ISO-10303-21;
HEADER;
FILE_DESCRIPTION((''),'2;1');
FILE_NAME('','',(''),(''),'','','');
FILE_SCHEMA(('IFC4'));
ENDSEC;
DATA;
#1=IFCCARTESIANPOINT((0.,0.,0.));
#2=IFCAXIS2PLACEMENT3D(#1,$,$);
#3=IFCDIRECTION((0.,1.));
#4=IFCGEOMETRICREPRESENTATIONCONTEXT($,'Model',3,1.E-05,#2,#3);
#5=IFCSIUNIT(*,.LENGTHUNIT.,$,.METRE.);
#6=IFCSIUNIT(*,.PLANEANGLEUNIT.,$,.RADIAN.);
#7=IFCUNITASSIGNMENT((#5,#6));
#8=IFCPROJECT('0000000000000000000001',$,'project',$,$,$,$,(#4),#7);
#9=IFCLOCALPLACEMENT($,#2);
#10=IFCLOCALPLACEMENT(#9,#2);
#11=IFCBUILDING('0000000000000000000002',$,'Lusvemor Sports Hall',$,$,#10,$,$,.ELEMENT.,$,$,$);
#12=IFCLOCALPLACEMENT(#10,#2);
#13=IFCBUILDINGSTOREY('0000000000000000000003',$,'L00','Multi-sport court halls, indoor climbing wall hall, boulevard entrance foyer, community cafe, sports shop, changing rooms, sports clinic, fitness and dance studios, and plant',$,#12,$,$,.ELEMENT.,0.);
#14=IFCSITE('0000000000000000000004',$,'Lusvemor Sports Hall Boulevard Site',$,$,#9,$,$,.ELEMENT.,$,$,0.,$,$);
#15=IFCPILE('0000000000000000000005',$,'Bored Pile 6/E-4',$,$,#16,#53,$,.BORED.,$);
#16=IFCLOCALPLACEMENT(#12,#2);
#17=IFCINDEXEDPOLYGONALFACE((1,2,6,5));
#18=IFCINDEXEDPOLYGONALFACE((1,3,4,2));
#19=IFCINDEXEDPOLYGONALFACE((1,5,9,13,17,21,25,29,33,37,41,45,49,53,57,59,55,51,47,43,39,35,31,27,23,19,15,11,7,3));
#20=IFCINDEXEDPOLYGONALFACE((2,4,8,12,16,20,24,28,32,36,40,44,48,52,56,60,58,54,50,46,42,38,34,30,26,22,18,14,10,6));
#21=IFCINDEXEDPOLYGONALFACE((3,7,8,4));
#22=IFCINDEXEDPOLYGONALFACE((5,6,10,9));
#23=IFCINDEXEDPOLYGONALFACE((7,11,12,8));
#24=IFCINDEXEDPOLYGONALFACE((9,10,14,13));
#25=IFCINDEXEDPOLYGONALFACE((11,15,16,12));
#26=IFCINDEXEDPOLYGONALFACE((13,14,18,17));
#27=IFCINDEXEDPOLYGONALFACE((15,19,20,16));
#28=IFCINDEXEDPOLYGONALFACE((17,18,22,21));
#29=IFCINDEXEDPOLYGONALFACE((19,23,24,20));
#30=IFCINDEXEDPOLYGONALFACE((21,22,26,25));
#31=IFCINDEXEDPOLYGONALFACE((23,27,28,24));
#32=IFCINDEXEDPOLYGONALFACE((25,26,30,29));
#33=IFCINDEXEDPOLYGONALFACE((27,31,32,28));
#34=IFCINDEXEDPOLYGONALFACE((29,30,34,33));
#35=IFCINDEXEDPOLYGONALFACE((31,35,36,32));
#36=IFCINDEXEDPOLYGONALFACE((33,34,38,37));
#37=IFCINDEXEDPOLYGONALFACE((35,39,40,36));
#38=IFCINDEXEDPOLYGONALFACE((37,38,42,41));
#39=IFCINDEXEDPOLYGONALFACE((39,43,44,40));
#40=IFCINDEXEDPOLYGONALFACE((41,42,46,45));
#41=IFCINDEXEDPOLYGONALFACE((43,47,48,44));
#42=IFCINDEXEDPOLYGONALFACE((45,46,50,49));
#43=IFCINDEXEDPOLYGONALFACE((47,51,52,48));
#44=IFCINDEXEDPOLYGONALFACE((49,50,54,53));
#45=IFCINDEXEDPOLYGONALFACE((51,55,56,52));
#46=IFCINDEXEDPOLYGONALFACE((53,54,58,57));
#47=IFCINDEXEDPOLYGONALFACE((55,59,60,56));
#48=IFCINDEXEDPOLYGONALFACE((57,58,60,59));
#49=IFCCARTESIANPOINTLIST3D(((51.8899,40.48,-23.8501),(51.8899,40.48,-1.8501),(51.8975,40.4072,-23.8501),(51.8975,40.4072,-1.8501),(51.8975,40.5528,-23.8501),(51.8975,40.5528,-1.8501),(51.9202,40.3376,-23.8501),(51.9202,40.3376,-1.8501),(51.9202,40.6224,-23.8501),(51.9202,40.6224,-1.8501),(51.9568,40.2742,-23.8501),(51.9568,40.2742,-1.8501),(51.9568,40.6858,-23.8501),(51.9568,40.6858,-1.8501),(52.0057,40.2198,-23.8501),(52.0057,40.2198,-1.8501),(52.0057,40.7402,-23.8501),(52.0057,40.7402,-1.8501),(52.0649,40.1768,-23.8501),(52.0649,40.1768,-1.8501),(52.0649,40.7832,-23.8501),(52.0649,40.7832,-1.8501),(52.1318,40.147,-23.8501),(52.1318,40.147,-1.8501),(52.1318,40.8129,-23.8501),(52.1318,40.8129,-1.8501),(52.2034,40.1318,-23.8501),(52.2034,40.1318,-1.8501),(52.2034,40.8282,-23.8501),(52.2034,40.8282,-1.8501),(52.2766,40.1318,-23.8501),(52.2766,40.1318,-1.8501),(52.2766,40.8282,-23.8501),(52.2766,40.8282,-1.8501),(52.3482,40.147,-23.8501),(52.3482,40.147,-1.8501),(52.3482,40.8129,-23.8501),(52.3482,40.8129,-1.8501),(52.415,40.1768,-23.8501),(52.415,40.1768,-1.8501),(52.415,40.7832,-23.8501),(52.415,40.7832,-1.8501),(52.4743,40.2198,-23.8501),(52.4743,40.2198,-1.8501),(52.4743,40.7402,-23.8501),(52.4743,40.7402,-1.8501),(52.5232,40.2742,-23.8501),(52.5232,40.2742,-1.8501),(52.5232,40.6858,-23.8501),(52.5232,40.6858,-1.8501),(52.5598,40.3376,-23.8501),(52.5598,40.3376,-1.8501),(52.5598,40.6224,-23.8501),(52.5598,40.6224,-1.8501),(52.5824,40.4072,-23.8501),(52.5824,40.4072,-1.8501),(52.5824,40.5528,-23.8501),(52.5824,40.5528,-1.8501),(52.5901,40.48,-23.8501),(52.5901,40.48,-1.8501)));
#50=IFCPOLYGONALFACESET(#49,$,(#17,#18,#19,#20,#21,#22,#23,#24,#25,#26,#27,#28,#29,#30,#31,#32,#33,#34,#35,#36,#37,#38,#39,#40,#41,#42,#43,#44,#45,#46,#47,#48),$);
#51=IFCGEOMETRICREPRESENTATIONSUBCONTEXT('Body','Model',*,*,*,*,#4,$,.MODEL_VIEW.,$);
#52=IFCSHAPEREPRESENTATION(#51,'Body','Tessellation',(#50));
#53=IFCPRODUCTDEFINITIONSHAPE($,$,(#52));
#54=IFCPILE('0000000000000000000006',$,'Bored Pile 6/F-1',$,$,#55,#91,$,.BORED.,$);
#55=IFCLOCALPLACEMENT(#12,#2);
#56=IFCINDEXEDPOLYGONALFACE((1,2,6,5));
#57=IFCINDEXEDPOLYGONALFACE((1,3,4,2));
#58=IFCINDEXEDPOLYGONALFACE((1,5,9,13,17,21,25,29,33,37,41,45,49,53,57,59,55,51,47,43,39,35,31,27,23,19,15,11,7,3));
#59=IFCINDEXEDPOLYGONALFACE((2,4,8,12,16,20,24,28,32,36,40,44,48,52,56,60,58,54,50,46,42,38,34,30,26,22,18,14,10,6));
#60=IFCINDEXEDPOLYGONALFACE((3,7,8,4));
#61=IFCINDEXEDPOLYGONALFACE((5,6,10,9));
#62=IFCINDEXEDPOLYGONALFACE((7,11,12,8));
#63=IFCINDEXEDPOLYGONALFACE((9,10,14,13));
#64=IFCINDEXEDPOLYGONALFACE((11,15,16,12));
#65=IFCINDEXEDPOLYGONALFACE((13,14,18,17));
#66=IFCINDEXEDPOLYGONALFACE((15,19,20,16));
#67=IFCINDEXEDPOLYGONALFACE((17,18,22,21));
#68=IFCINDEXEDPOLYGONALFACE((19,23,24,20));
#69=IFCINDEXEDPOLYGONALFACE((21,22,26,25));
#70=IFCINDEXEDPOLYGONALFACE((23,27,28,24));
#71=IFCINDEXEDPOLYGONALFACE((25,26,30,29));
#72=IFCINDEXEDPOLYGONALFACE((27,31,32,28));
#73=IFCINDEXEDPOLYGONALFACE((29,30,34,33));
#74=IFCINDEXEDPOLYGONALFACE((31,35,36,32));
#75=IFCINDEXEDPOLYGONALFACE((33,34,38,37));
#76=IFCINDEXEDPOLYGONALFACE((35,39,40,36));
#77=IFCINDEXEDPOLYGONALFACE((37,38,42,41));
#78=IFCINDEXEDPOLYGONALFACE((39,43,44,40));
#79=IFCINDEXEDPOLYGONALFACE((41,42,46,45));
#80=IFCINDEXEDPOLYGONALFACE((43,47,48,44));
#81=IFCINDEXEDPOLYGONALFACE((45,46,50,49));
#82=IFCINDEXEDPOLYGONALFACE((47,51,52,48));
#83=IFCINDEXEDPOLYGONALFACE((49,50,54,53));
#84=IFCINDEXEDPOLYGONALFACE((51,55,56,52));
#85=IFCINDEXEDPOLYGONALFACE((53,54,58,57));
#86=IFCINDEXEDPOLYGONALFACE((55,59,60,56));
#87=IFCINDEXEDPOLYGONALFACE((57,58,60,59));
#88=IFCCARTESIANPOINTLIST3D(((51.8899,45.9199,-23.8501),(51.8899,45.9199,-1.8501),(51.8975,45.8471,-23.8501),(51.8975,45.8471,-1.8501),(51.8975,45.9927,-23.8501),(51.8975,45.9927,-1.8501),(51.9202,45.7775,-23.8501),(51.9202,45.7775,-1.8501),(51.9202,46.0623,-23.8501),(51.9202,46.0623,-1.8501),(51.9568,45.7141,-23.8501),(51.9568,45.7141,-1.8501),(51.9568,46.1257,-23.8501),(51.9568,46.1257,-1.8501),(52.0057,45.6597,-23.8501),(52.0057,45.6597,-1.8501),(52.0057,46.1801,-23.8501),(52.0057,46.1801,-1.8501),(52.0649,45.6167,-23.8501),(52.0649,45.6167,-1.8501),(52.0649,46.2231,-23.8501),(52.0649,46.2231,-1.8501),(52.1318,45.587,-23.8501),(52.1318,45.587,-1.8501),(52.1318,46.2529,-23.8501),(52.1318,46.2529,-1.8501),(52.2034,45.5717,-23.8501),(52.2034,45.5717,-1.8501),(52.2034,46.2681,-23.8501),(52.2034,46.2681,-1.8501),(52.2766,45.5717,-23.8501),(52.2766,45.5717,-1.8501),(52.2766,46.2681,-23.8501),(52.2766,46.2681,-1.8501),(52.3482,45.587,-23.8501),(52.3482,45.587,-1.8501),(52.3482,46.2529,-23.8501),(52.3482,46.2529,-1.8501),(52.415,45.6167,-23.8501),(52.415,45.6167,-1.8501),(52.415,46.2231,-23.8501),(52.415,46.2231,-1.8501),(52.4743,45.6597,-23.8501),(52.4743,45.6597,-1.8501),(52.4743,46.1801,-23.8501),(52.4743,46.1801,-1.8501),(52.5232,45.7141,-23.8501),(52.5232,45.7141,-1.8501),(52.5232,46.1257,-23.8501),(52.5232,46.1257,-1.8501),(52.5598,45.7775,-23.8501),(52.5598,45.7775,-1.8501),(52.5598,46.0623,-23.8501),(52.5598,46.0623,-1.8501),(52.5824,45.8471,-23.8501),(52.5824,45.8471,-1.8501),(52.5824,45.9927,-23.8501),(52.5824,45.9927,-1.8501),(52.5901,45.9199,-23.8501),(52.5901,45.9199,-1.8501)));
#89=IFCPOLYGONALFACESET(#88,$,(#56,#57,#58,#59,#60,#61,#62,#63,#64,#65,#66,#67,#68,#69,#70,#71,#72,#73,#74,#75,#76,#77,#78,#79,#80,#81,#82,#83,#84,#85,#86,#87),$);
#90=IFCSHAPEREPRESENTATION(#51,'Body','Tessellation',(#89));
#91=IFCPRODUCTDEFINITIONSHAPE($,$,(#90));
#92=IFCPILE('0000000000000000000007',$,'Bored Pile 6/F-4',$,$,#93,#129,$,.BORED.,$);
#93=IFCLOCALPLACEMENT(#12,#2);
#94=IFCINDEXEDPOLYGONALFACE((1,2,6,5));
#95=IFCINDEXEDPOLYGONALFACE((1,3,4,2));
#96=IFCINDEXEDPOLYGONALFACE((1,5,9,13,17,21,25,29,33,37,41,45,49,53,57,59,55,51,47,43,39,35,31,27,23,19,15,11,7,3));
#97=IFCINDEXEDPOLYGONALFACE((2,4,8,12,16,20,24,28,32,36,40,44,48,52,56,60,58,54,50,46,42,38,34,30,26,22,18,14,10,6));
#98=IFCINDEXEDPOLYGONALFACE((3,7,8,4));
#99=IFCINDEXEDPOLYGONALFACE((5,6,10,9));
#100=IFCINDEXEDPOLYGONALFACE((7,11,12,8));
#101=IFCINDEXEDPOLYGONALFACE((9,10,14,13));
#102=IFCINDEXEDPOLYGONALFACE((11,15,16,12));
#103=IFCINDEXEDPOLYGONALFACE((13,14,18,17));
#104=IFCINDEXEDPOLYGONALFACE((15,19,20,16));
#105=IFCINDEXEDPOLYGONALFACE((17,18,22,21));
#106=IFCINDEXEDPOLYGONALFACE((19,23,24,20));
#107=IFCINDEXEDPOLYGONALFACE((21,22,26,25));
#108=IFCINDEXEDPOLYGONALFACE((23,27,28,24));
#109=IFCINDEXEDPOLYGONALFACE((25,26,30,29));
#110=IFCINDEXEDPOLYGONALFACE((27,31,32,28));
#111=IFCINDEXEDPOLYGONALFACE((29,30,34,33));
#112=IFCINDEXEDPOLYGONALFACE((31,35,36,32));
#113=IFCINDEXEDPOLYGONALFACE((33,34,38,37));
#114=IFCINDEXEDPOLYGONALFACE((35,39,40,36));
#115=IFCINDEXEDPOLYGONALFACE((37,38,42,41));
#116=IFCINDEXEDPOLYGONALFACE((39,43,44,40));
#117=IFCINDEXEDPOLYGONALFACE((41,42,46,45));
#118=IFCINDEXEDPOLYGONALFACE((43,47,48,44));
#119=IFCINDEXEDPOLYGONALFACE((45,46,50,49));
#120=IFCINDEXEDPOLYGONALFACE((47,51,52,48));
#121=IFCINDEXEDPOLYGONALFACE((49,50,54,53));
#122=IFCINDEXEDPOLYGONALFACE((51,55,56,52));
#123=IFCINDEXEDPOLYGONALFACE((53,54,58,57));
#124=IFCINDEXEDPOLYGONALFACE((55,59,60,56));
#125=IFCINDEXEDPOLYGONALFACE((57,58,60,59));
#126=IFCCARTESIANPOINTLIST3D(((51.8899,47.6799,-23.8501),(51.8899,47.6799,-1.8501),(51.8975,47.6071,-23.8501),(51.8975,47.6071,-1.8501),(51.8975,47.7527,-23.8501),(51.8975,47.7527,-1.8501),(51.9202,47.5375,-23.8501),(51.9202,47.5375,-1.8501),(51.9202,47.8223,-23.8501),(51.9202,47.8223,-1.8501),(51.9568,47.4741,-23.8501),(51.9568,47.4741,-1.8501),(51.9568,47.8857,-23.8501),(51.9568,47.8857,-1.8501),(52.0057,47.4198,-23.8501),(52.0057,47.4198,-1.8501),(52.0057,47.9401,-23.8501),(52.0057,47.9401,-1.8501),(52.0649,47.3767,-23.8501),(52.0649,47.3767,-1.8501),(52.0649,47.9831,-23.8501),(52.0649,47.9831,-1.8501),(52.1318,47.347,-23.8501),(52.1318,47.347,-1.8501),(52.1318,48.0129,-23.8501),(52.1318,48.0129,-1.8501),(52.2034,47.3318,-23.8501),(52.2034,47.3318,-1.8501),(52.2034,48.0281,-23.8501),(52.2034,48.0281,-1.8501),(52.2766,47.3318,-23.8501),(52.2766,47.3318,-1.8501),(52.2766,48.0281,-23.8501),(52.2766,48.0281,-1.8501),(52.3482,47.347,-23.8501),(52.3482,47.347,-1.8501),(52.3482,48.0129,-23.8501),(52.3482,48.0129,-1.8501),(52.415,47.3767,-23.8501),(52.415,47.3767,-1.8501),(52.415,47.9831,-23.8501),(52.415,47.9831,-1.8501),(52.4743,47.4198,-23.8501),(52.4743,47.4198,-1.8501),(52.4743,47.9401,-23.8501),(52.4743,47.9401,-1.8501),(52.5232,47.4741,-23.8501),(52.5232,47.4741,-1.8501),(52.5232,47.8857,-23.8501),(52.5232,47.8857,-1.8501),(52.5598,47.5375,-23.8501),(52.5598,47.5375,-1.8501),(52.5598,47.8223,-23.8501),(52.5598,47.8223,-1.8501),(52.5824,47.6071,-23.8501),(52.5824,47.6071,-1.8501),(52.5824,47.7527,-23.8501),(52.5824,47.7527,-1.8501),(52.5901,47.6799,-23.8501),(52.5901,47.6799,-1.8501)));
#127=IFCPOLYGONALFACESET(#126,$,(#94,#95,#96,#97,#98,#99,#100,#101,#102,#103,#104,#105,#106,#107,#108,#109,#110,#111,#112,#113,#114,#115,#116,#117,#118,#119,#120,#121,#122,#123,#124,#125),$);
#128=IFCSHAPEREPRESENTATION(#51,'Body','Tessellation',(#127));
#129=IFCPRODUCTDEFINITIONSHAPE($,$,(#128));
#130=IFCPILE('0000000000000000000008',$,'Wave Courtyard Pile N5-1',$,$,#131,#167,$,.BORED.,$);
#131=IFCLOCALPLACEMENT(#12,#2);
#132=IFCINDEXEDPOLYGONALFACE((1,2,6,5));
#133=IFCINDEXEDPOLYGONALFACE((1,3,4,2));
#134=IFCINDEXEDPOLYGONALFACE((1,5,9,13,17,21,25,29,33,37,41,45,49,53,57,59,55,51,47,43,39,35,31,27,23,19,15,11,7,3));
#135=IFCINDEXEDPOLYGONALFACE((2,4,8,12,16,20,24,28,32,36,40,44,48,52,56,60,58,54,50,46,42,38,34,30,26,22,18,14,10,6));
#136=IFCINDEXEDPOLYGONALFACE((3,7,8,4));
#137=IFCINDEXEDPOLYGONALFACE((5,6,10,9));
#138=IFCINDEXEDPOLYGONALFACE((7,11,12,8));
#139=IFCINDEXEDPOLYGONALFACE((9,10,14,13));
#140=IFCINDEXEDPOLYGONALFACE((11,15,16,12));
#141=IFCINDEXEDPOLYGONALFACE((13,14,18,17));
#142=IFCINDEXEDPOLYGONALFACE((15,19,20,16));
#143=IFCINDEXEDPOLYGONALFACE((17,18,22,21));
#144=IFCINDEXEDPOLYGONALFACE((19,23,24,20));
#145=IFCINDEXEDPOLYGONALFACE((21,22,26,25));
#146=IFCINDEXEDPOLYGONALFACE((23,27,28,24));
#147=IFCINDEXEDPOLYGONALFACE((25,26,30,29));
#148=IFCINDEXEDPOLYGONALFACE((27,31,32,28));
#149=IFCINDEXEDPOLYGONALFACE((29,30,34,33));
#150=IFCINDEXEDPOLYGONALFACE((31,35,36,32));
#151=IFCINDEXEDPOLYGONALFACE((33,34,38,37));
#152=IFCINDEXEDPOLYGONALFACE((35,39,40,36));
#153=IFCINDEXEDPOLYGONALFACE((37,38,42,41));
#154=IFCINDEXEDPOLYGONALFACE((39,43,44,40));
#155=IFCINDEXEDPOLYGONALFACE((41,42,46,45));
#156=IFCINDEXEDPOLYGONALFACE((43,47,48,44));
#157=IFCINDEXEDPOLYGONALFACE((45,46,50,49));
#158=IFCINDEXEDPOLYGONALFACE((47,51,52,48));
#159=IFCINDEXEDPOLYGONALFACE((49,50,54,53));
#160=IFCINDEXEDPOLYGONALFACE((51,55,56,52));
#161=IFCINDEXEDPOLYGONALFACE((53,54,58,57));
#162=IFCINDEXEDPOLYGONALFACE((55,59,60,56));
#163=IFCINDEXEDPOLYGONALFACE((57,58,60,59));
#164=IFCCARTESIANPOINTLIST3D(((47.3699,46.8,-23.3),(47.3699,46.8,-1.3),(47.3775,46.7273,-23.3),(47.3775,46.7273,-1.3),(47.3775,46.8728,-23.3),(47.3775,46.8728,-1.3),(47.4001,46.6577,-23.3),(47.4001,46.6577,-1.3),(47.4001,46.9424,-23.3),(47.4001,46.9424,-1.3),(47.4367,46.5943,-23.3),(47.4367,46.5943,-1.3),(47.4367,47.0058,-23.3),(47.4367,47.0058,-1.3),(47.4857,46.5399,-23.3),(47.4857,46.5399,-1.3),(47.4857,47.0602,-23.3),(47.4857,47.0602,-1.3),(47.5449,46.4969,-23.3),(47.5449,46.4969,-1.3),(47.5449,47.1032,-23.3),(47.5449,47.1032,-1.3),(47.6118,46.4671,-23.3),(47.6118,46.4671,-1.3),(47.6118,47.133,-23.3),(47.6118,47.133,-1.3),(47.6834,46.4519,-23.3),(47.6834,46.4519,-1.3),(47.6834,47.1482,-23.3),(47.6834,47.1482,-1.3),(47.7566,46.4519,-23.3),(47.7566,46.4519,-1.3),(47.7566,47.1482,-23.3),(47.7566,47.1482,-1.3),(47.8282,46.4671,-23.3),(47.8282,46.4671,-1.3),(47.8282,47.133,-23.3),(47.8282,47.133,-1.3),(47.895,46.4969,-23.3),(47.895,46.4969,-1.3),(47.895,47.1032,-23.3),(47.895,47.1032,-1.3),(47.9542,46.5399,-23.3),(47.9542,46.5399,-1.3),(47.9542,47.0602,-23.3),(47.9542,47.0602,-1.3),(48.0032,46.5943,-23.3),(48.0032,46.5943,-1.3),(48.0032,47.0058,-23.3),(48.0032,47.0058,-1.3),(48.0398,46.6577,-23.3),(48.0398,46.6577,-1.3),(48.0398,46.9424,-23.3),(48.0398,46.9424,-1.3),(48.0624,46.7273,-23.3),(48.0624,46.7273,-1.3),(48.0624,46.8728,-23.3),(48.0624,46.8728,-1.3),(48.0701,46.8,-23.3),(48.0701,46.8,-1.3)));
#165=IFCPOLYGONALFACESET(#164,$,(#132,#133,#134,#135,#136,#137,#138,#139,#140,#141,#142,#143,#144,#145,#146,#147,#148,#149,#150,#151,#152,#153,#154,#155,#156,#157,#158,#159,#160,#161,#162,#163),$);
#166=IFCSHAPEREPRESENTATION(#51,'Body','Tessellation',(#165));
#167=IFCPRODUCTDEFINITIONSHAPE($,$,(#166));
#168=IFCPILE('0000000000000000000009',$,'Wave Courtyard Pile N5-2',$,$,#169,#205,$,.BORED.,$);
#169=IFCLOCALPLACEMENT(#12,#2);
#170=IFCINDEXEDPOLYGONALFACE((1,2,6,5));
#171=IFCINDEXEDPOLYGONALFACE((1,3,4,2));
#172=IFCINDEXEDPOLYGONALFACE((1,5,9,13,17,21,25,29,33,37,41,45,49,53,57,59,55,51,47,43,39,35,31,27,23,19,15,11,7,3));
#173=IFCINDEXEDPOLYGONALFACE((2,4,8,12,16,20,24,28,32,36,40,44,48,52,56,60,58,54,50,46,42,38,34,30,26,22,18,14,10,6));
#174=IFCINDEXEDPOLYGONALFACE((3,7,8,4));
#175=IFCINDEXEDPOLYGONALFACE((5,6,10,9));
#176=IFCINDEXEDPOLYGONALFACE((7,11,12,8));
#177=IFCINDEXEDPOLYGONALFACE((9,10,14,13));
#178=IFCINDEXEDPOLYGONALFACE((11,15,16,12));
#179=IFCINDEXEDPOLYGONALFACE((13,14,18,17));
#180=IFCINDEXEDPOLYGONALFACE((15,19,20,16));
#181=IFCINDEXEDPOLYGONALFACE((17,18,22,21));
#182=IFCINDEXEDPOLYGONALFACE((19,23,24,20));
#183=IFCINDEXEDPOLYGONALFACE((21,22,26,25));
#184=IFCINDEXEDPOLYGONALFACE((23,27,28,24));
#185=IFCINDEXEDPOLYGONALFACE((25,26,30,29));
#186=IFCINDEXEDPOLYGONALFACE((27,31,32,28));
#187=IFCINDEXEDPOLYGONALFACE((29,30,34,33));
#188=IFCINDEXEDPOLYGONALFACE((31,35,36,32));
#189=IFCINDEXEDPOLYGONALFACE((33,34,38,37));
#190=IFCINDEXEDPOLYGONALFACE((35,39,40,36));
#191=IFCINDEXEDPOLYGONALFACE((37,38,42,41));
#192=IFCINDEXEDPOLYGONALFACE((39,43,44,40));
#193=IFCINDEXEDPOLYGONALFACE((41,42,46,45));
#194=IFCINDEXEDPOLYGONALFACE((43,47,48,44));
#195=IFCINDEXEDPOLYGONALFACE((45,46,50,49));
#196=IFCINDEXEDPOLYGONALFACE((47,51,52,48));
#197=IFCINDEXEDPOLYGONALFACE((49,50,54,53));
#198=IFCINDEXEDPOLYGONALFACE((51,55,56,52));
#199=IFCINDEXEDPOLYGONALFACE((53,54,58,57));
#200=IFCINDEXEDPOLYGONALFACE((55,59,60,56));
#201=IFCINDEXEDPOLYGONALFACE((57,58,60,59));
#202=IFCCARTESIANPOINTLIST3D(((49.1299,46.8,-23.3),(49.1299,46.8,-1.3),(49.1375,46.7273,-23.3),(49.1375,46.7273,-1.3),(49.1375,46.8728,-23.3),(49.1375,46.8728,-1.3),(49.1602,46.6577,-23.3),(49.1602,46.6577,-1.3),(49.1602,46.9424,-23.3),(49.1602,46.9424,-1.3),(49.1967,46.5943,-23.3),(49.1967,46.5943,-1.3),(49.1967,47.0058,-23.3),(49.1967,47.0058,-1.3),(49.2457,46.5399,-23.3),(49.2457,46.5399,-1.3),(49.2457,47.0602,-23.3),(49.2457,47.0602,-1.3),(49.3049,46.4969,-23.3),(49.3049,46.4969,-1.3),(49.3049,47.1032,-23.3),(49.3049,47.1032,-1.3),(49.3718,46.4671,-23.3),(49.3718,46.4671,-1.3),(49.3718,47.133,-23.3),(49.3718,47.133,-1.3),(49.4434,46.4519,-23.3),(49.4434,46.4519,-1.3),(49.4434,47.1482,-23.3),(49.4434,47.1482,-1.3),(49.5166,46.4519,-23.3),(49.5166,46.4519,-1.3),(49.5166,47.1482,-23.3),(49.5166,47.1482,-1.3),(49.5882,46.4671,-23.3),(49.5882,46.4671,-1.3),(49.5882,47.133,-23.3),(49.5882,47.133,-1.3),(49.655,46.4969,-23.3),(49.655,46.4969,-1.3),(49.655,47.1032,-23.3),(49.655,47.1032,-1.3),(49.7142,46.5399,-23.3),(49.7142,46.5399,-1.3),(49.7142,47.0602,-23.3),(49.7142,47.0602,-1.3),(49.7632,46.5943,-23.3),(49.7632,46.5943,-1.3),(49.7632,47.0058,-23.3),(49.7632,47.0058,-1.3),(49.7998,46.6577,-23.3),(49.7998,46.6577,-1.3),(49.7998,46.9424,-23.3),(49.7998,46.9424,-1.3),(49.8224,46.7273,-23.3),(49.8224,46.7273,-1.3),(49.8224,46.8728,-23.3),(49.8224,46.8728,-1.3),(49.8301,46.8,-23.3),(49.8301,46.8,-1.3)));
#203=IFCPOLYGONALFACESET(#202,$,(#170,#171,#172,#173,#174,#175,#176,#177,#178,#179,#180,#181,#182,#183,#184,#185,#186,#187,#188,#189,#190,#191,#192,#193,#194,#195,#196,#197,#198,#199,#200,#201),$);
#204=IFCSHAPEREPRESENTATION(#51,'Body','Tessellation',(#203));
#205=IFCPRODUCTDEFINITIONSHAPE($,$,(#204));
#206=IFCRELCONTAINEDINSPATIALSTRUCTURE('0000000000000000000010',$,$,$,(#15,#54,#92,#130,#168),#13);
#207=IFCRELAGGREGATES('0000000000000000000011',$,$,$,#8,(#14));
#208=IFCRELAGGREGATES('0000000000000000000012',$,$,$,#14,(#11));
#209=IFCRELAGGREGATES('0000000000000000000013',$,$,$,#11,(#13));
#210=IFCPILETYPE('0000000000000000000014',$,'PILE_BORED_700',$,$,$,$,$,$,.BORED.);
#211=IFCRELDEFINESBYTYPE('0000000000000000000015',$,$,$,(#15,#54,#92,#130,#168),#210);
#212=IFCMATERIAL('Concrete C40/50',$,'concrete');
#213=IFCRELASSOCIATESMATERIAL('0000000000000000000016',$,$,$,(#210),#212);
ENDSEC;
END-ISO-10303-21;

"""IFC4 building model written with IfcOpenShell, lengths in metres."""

from ifc_helpers import new_model, si_unit, direction, frame, origin, origin_2d, place, context, subcontext, project, spatial, circle, extrude, material, material_profile, profile_set, type_object, element, save


model = new_model("IFC4")

# Units and contexts
model_context = context("Model", 3, precision=1e-05, world=origin(), true_north=direction((0.0, 1.0)))
body_context = subcontext(model_context, "Body", "Model", "MODEL_VIEW")
ifc_project = project(units=[si_unit("LENGTHUNIT", "METRE"), si_unit("PLANEANGLEUNIT", "RADIAN")], contexts=[model_context])

# Site, building, storey
site_placement = place(None, origin())
site = spatial("IfcSite", under=ifc_project, at=site_placement, Name="Lusvemor Sports Hall Boulevard Site", CompositionType="ELEMENT", RefElevation=0.0)
building_placement = place(site_placement, origin())
building = spatial("IfcBuilding", under=site, at=building_placement, Name="Lusvemor Sports Hall", CompositionType="ELEMENT")
storey_placement = place(building_placement, origin())
storey = spatial("IfcBuildingStorey", under=building, at=storey_placement, Name="L00", Description="Multi-sport court halls, indoor climbing wall hall, boulevard entrance foyer, community cafe, sports shop, changing rooms, sports clinic, fitness and dance studios, and plant", CompositionType="ELEMENT", Elevation=0.0)

# Piles
ifc_material_1 = material(Name="Concrete C40/50", Category="concrete")
ifc_material_profile_1 = material_profile(ifc_material_1, circle(Radius=0.3501, at=origin_2d()), Name="PILE700")
ifc_profile_set_1 = profile_set([ifc_material_profile_1], Name="Concrete C40/50")
pile_type = type_object("IfcPileType", Name="PILE_BORED_700", PredefinedType="BORED", material=ifc_profile_set_1)
for number, where, z_axis, x_axis, name in (
    (1, (52.24, 40.48, -1.8501), (0.0, 0.0, -1.0), (1.0, 0.0, 0.0), "Bored Pile 6/E-4"),
    (2, (52.24, 45.9199, -1.8501), (0.0, 0.0, -1.0), (1.0, 0.0, 0.0), "Bored Pile 6/F-1"),
    (3, (52.24, 47.6799, -1.8501), (0.0, 0.0, -1.0), (1.0, 0.0, 0.0), "Bored Pile 6/F-4"),
    (4, (47.72, 46.8, -1.3), (0.0, 0.0, -1.0), (1.0, 0.0, 0.0), "Wave Courtyard Pile N5-1"),
    (5, (49.48, 46.8, -1.3), (0.0, 0.0, -1.0), (1.0, 0.0, 0.0), "Wave Courtyard Pile N5-2"),
):
    element("IfcPile", number, at=place(storey_placement, frame(where, z_axis=z_axis, x_axis=x_axis)), inside=storey, type_object=pile_type, Name=name, PredefinedType="BORED", context=body_context, shape_type="SweptSolid", body=[
        extrude(circle(Radius=0.3501, at=origin_2d()), origin(), (0.0, 0.0, 1.0), 22.0),
    ])

save(model, "model.ifc")
